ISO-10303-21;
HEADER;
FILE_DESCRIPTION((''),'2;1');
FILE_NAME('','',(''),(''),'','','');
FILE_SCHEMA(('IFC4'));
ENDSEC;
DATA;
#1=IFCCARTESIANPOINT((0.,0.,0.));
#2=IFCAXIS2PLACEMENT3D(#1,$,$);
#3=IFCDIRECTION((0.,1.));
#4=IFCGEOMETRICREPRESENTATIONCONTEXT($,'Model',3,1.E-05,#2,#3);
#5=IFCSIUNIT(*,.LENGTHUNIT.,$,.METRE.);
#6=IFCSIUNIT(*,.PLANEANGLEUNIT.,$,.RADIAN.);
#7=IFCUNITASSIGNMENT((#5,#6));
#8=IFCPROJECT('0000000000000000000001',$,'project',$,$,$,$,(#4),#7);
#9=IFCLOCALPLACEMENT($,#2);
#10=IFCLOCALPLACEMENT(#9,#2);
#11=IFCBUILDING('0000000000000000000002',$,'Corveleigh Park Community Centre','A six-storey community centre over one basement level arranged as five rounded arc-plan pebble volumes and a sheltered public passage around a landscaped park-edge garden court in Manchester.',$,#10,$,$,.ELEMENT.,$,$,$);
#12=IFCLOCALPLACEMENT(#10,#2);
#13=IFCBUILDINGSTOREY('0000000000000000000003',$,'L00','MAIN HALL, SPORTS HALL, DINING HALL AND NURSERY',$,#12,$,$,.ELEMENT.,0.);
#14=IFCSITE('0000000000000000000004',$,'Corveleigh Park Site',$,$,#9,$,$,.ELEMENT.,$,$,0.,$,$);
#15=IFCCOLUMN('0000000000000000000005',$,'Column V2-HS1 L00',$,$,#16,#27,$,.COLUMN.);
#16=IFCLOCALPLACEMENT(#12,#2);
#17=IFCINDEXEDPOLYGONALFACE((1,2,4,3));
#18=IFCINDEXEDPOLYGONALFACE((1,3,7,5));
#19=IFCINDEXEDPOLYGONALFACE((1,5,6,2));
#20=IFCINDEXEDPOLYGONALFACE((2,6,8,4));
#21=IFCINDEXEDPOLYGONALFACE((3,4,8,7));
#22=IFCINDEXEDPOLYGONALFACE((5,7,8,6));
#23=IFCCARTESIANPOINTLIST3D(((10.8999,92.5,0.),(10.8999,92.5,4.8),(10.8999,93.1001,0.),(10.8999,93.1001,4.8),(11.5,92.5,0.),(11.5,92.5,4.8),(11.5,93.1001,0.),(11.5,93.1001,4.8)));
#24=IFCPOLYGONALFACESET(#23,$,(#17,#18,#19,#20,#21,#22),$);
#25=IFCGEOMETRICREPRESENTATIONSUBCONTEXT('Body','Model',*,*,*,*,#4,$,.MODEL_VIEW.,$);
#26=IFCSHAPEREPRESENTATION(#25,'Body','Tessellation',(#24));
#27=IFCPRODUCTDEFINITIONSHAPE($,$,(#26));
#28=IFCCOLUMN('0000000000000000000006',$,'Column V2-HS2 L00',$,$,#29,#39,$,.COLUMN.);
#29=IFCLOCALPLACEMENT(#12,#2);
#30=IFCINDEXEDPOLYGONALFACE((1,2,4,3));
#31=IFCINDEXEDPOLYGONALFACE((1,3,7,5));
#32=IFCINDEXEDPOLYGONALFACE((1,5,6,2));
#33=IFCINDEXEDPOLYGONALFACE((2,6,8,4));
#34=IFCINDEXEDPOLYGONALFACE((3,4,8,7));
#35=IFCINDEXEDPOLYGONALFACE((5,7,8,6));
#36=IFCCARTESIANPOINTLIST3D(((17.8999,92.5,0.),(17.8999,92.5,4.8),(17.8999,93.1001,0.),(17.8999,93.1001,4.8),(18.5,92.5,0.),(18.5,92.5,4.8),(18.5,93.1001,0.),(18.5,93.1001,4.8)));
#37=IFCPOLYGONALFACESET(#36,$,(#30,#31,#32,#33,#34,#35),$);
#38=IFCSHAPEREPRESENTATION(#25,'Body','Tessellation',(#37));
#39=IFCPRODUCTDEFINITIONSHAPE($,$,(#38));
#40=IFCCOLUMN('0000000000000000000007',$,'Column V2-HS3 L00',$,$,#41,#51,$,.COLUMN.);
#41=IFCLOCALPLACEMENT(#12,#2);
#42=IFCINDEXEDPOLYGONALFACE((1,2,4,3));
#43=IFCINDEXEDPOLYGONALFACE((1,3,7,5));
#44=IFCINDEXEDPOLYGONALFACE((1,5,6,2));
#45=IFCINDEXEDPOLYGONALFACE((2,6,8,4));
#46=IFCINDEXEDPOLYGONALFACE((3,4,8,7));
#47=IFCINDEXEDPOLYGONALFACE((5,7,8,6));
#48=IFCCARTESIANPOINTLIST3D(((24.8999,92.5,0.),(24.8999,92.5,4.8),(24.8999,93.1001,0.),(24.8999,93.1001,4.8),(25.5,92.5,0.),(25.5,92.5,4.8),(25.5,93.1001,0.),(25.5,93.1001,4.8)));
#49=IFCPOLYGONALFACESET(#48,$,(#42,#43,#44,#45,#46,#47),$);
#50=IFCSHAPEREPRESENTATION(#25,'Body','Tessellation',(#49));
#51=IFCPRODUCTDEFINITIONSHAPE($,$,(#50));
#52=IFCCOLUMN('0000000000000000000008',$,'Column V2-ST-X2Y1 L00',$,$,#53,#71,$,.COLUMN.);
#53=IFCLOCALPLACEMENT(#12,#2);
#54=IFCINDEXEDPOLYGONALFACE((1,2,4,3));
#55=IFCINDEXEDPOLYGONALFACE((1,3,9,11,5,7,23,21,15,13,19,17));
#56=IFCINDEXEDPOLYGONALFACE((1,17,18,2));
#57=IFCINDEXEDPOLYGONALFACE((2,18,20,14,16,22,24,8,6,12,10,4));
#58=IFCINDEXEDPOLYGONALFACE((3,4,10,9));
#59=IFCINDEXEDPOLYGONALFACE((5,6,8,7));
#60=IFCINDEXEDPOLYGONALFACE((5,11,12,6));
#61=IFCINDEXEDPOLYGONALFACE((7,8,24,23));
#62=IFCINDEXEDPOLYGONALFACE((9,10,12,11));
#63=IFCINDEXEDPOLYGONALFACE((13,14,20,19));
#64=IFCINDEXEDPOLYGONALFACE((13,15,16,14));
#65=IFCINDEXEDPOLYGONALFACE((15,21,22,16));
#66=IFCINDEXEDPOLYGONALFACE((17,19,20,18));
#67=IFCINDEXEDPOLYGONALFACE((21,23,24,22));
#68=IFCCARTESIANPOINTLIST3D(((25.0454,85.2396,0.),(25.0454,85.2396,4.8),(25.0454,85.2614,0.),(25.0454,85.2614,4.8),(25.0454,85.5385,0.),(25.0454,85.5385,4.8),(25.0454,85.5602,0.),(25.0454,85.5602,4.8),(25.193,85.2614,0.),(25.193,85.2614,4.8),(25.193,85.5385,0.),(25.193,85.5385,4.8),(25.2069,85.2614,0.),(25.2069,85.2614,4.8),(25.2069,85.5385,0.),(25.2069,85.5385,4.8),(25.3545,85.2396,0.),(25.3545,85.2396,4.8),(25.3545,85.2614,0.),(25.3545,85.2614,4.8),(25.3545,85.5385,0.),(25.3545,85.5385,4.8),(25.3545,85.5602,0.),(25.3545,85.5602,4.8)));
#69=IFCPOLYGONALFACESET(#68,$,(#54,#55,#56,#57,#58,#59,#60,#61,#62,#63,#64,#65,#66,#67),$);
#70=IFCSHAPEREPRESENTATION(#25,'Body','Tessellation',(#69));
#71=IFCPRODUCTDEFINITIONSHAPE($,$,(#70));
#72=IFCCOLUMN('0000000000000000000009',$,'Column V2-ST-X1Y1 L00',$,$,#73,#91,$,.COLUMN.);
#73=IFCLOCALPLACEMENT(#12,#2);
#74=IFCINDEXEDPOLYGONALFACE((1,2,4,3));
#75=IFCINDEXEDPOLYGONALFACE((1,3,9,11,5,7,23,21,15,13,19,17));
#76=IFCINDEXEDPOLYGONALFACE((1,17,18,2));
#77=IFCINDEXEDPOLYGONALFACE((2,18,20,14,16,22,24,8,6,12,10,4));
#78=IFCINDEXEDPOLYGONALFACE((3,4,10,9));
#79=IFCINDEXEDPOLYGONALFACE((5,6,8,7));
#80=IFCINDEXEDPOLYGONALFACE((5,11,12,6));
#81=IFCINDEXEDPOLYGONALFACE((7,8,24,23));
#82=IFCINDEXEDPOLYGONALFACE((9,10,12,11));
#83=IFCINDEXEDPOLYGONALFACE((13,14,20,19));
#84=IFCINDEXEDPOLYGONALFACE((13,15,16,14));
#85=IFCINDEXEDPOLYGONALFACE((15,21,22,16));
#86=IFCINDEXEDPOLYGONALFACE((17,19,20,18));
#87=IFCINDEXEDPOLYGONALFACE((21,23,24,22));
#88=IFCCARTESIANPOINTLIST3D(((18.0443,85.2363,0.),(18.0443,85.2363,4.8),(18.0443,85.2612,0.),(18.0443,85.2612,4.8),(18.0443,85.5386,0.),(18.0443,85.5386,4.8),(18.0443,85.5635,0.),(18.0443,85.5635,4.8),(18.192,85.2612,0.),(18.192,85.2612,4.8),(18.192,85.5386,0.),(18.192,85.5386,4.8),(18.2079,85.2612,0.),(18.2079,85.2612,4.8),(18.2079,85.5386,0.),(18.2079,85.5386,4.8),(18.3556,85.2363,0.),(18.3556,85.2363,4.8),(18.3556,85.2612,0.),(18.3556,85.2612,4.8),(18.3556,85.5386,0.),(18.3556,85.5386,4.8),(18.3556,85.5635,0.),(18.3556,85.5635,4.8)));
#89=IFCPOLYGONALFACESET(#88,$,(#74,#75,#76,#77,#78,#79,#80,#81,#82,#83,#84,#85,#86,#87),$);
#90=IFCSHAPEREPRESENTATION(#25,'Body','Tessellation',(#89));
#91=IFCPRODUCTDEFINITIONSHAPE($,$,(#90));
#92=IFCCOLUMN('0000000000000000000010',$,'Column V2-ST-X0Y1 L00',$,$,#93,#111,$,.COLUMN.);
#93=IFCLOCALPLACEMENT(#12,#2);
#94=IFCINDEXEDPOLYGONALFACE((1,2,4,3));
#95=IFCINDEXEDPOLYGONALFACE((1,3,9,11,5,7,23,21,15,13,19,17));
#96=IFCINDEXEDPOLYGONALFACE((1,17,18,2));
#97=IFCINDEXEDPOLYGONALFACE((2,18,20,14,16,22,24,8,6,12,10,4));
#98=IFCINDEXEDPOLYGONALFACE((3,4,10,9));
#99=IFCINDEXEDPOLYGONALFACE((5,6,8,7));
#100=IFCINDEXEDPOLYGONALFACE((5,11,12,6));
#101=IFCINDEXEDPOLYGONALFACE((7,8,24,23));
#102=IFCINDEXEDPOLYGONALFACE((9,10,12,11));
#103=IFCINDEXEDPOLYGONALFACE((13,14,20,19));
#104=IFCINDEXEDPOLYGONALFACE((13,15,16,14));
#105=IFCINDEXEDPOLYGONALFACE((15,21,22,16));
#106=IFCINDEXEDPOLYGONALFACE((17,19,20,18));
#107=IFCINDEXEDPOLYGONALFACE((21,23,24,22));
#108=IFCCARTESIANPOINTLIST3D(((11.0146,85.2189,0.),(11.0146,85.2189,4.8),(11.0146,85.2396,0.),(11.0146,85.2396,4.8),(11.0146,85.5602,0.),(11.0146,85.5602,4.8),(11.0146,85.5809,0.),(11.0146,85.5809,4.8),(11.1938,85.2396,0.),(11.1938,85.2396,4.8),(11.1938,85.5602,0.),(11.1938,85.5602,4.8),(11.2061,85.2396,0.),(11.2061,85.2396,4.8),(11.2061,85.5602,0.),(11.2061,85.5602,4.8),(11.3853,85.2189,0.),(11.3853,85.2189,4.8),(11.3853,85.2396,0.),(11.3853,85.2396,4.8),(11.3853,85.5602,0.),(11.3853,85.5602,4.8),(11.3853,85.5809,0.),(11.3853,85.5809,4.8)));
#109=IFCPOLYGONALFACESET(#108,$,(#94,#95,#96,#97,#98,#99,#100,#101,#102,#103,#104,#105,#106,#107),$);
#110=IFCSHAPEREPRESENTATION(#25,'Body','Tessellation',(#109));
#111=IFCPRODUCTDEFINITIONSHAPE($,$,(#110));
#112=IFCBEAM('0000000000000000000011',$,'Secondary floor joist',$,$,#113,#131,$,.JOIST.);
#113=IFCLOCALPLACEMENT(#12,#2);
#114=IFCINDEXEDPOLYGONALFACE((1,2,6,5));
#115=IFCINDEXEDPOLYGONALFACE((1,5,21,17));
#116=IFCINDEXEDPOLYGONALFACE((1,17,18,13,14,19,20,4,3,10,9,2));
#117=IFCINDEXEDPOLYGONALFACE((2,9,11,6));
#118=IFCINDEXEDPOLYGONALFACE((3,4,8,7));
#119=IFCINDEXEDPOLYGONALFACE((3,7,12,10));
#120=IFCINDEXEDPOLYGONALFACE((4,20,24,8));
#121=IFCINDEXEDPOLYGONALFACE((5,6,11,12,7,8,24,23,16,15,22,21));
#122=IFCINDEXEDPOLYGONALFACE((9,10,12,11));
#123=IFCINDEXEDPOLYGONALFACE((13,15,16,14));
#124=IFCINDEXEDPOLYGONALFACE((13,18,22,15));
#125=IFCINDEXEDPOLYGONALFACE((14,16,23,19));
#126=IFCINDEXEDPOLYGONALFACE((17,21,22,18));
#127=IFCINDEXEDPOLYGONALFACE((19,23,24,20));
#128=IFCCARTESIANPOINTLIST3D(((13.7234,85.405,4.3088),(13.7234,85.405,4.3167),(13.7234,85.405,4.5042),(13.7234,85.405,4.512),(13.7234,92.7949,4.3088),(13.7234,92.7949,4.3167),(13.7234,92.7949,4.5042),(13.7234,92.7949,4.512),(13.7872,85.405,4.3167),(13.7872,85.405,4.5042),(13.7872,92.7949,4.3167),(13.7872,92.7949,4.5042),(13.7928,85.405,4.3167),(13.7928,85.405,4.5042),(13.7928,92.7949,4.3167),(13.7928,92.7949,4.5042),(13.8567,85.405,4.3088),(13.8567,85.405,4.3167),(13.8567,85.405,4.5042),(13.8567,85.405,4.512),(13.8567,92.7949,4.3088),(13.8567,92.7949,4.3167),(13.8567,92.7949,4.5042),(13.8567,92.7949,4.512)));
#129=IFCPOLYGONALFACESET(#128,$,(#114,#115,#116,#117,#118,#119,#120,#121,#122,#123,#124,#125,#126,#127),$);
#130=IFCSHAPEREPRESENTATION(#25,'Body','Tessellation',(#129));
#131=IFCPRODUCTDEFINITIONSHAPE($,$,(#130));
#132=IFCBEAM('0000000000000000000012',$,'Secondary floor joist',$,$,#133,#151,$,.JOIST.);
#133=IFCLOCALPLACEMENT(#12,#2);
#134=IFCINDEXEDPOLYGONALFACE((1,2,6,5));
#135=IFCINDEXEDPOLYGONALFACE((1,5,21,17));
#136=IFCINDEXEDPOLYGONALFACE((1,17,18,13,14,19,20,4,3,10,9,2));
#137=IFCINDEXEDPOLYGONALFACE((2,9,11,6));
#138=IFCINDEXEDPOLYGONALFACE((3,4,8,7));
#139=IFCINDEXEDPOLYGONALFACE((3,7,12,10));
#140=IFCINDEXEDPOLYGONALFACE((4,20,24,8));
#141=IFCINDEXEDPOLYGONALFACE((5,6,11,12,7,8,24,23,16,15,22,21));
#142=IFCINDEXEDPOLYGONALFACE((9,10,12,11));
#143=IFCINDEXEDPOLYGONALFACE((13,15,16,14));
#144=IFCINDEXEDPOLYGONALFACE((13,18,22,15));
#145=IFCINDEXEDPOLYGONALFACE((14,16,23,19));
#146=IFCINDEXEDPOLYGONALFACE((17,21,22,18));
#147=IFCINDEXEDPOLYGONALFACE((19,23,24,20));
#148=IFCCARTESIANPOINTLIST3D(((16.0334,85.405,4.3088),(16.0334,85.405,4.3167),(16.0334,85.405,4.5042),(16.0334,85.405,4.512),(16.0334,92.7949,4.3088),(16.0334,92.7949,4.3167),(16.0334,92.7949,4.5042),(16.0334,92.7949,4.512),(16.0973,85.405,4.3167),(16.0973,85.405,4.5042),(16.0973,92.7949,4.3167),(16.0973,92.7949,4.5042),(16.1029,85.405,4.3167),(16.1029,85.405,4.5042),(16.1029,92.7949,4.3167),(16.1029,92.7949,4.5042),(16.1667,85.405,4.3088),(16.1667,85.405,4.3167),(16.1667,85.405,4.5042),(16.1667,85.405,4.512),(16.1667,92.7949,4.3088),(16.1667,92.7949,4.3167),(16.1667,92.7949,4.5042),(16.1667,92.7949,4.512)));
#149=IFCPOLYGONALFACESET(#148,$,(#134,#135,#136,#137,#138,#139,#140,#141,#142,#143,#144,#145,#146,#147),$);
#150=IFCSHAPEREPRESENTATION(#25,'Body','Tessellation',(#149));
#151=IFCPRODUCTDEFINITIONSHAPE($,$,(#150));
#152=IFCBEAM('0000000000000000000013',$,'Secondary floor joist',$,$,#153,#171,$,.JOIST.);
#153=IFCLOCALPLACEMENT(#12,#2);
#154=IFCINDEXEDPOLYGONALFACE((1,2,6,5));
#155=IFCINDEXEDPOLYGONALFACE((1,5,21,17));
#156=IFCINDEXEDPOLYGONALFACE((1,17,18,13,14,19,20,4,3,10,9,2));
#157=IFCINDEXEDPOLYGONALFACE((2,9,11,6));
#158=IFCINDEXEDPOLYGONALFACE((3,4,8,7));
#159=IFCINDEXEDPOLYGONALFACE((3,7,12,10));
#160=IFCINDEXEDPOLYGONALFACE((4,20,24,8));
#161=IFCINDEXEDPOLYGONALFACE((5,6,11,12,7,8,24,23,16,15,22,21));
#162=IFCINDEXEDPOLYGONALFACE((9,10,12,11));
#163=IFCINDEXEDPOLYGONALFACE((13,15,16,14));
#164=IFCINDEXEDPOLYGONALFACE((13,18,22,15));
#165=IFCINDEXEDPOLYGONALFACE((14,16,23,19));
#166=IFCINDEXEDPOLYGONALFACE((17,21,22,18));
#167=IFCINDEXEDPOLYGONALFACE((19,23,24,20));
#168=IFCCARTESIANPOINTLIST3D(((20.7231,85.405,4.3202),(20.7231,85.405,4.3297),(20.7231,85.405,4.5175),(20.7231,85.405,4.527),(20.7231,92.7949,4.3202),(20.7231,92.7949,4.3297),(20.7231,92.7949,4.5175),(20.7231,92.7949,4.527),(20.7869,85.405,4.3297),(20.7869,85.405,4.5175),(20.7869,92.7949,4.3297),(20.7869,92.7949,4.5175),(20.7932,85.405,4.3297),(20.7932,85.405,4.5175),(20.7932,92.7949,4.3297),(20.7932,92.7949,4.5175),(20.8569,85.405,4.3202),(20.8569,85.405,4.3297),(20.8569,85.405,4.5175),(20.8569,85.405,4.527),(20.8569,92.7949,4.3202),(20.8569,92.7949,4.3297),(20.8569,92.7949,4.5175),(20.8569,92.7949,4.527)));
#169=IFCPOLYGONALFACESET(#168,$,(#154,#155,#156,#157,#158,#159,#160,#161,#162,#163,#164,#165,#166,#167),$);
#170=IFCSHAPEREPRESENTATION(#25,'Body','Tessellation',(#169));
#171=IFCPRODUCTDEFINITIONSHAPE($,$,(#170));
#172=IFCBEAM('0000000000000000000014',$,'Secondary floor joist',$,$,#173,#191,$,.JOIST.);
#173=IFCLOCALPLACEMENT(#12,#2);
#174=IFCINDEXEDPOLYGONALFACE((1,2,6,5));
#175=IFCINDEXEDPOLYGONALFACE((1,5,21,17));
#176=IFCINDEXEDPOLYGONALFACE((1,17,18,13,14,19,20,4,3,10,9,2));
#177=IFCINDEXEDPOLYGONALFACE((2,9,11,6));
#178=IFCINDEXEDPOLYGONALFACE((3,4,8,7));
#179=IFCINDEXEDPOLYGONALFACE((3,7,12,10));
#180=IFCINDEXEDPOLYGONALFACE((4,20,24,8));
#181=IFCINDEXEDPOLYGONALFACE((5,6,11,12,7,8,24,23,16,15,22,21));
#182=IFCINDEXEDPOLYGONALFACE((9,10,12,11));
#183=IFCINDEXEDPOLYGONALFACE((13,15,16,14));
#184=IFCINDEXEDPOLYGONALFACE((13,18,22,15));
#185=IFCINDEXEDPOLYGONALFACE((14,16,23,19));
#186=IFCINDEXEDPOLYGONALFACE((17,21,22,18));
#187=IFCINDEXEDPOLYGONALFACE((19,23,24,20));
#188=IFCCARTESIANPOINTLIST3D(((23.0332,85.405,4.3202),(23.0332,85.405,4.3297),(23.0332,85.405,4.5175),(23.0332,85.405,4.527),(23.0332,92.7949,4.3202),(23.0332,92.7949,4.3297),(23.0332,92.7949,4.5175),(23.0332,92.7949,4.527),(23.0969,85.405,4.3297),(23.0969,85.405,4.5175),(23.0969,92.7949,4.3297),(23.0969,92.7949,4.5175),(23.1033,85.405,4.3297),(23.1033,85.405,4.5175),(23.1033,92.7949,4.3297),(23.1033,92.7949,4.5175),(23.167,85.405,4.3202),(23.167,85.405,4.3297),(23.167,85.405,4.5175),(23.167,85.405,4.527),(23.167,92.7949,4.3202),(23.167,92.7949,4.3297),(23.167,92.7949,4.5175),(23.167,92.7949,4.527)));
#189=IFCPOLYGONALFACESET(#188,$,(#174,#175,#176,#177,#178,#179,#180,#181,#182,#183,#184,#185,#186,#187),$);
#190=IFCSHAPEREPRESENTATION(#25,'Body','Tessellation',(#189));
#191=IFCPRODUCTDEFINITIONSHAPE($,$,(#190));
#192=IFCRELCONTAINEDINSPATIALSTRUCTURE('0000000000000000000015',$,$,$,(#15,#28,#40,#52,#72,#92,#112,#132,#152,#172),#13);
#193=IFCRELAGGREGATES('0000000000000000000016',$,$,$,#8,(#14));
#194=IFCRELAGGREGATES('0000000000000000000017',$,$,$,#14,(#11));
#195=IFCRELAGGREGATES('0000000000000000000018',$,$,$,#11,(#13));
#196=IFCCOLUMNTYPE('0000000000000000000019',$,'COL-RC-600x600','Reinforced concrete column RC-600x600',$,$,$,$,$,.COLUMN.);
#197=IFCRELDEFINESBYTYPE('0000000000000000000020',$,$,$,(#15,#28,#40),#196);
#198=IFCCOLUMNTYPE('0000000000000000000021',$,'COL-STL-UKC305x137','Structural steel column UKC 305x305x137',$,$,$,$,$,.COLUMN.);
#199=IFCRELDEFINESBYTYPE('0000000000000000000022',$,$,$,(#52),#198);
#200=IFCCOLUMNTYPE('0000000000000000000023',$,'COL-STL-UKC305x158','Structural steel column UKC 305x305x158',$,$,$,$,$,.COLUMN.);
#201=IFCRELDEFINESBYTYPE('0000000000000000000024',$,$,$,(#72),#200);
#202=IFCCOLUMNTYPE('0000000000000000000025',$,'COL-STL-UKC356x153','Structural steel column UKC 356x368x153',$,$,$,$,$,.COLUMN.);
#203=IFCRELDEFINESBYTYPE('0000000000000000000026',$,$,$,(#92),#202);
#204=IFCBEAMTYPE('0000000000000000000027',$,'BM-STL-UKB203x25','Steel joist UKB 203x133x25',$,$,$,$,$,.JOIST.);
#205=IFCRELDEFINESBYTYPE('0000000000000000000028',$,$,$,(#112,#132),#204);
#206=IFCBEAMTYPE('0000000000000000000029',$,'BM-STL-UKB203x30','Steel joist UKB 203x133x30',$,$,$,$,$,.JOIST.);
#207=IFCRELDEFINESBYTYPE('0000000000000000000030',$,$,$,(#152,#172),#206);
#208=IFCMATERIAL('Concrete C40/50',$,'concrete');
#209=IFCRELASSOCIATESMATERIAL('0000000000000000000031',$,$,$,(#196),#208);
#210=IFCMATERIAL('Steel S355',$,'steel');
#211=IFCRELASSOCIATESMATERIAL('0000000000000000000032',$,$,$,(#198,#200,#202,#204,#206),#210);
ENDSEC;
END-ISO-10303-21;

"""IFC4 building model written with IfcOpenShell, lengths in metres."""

from ifc_helpers import new_model, si_unit, direction, frame, origin, origin_2d, place, context, subcontext, project, spatial, rectangle, i_section, extrude, material, material_profile, profile_set, type_object, element, save


model = new_model("IFC4")

# Units and contexts
model_context = context("Model", 3, precision=1e-05, world=origin(), true_north=direction((0.0, 1.0)))
body_context = subcontext(model_context, "Body", "Model", "MODEL_VIEW")
ifc_project = project(units=[si_unit("LENGTHUNIT", "METRE"), si_unit("PLANEANGLEUNIT", "RADIAN")], contexts=[model_context])

# Site, building, storey
site_placement = place(None, origin())
site = spatial("IfcSite", under=ifc_project, at=site_placement, Name="Corveleigh Park Site", CompositionType="ELEMENT", RefElevation=0.0)
building_placement = place(site_placement, origin())
building = spatial("IfcBuilding", under=site, at=building_placement, Name="Corveleigh Park Community Centre", Description="A six-storey community centre over one basement level arranged as five rounded arc-plan pebble volumes and a sheltered public passage around a landscaped park-edge garden court in Manchester.", CompositionType="ELEMENT")
storey_placement = place(building_placement, origin())
storey = spatial("IfcBuildingStorey", under=building, at=storey_placement, Name="L00", Description="MAIN HALL, SPORTS HALL, DINING HALL AND NURSERY", CompositionType="ELEMENT", Elevation=0.0)

# Columns
ifc_material_1 = material(Name="Concrete C40/50", Category="concrete")
ifc_material_profile_1 = material_profile(ifc_material_1, rectangle(XDim=0.6001, YDim=0.6001, at=origin_2d()), Name="RC-600x600", Category="concrete")
ifc_profile_set_1 = profile_set([ifc_material_profile_1], Name="Concrete C40/50")
column_type_1 = type_object("IfcColumnType", Name="COL-RC-600x600", Description="Reinforced concrete column RC-600x600", PredefinedType="COLUMN", material=ifc_profile_set_1)
for number, where, z_axis, x_axis, name in (
    (1, (11.2, 92.8, 0.0), (0.0, 0.0, 1.0), (1.0, 0.0, 0.0), "Column V2-HS1 L00"),
    (2, (18.2, 92.8, 0.0), (0.0, 0.0, 1.0), (1.0, 0.0, 0.0), "Column V2-HS2 L00"),
    (3, (25.2, 92.8, 0.0), (0.0, 0.0, 1.0), (1.0, 0.0, 0.0), "Column V2-HS3 L00"),
):
    element("IfcColumn", number, at=place(storey_placement, frame(where, z_axis=z_axis, x_axis=x_axis)), inside=storey, type_object=column_type_1, Name=name, PredefinedType="COLUMN", context=body_context, shape_type="SweptSolid", body=[
        extrude(rectangle(XDim=0.6001, YDim=0.6001, at=origin_2d()), origin(), (0.0, 0.0, 1.0), 4.8),
    ])
ifc_material_2 = material(Name="Steel S355", Category="steel")
ifc_material_profile_2 = material_profile(ifc_material_2, i_section(OverallWidth=0.3091, OverallDepth=0.3206, WebThickness=0.0139, FlangeThickness=0.0217, at=origin_2d()), Name="UKC 305x305x137", Category="steel")
ifc_profile_set_2 = profile_set([ifc_material_profile_2], Name="Steel S355")
column_type_2 = type_object("IfcColumnType", Name="COL-STL-UKC305x137", Description="Structural steel column UKC 305x305x137", PredefinedType="COLUMN", material=ifc_profile_set_2)
column_1_placement = place(storey_placement, frame((25.2, 85.3999, 0.0), z_axis=(0.0, 0.0, 1.0), x_axis=(1.0, 0.0, 0.0)))
element("IfcColumn", 4, at=column_1_placement, inside=storey, type_object=column_type_2, Name="Column V2-ST-X2Y1 L00", PredefinedType="COLUMN", context=body_context, shape_type="SweptSolid", body=[
    extrude(i_section(OverallWidth=0.3091, OverallDepth=0.3206, WebThickness=0.0139, FlangeThickness=0.0217, at=origin_2d()), origin(), (0.0, 0.0, 1.0), 4.8),
])
ifc_material_profile_3 = material_profile(ifc_material_2, i_section(OverallWidth=0.3113, OverallDepth=0.3271, WebThickness=0.0159, FlangeThickness=0.0249, at=origin_2d()), Name="UKC 305x305x158", Category="steel")
ifc_profile_set_3 = profile_set([ifc_material_profile_3], Name="Steel S355")
column_type_3 = type_object("IfcColumnType", Name="COL-STL-UKC305x158", Description="Structural steel column UKC 305x305x158", PredefinedType="COLUMN", material=ifc_profile_set_3)
column_2_placement = place(storey_placement, frame((18.2, 85.3999, 0.0), z_axis=(0.0, 0.0, 1.0), x_axis=(1.0, 0.0, 0.0)))
element("IfcColumn", 5, at=column_2_placement, inside=storey, type_object=column_type_3, Name="Column V2-ST-X1Y1 L00", PredefinedType="COLUMN", context=body_context, shape_type="SweptSolid", body=[
    extrude(i_section(OverallWidth=0.3113, OverallDepth=0.3271, WebThickness=0.0159, FlangeThickness=0.0249, at=origin_2d()), origin(), (0.0, 0.0, 1.0), 4.8),
])
ifc_material_profile_4 = material_profile(ifc_material_2, i_section(OverallWidth=0.3706, OverallDepth=0.3621, WebThickness=0.0122, FlangeThickness=0.0208, at=origin_2d()), Name="UKC 356x368x153", Category="steel")
ifc_profile_set_4 = profile_set([ifc_material_profile_4], Name="Steel S355")
column_type_4 = type_object("IfcColumnType", Name="COL-STL-UKC356x153", Description="Structural steel column UKC 356x368x153", PredefinedType="COLUMN", material=ifc_profile_set_4)
column_3_placement = place(storey_placement, frame((11.2, 85.3999, 0.0), z_axis=(0.0, 0.0, 1.0), x_axis=(1.0, 0.0, 0.0)))
element("IfcColumn", 6, at=column_3_placement, inside=storey, type_object=column_type_4, Name="Column V2-ST-X0Y1 L00", PredefinedType="COLUMN", context=body_context, shape_type="SweptSolid", body=[
    extrude(i_section(OverallWidth=0.3706, OverallDepth=0.3621, WebThickness=0.0122, FlangeThickness=0.0208, at=origin_2d()), origin(), (0.0, 0.0, 1.0), 4.8),
])

# Beams
ifc_material_profile_5 = material_profile(ifc_material_2, i_section(OverallWidth=0.1333, OverallDepth=0.2031, WebThickness=0.0056, FlangeThickness=0.0078, at=origin_2d()), Name="UKB 203x133x25", Category="steel")
ifc_profile_set_5 = profile_set([ifc_material_profile_5], Name="Steel S355")
beam_type_1 = type_object("IfcBeamType", Name="BM-STL-UKB203x25", Description="Steel joist UKB 203x133x25", PredefinedType="JOIST", material=ifc_profile_set_5)
for number, where, z_axis, x_axis, name in (
    (7, (13.79, 85.405, 4.4104), (0.0, 1.0, 0.0), (-1.0, 0.0, 0.0), "Secondary floor joist"),
    (8, (16.1001, 85.405, 4.4104), (0.0, 1.0, 0.0), (-1.0, 0.0, 0.0), "Secondary floor joist"),
):
    element("IfcBeam", number, at=place(storey_placement, frame(where, z_axis=z_axis, x_axis=x_axis)), inside=storey, type_object=beam_type_1, Name=name, PredefinedType="JOIST", context=body_context, shape_type="SweptSolid", body=[
        extrude(i_section(OverallWidth=0.1333, OverallDepth=0.2031, WebThickness=0.0056, FlangeThickness=0.0078, at=origin_2d()), origin(), (0.0, 0.0, 1.0), 7.3899),
    ])
ifc_material_profile_6 = material_profile(ifc_material_2, i_section(OverallWidth=0.1338, OverallDepth=0.2068, WebThickness=0.0063, FlangeThickness=0.0095, at=origin_2d()), Name="UKB 203x133x30", Category="steel")
ifc_profile_set_6 = profile_set([ifc_material_profile_6], Name="Steel S355")
beam_type_2 = type_object("IfcBeamType", Name="BM-STL-UKB203x30", Description="Steel joist UKB 203x133x30", PredefinedType="JOIST", material=ifc_profile_set_6)
for number, where, z_axis, x_axis, name in (
    (9, (20.79, 85.405, 4.4236), (0.0, 1.0, 0.0), (-1.0, 0.0, 0.0), "Secondary floor joist"),
    (10, (23.1001, 85.405, 4.4236), (0.0, 1.0, 0.0), (-1.0, 0.0, 0.0), "Secondary floor joist"),
):
    element("IfcBeam", number, at=place(storey_placement, frame(where, z_axis=z_axis, x_axis=x_axis)), inside=storey, type_object=beam_type_2, Name=name, PredefinedType="JOIST", context=body_context, shape_type="SweptSolid", body=[
        extrude(i_section(OverallWidth=0.1338, OverallDepth=0.2068, WebThickness=0.0063, FlangeThickness=0.0095, at=origin_2d()), origin(), (0.0, 0.0, 1.0), 7.3899),
    ])

save(model, "model.ifc")
